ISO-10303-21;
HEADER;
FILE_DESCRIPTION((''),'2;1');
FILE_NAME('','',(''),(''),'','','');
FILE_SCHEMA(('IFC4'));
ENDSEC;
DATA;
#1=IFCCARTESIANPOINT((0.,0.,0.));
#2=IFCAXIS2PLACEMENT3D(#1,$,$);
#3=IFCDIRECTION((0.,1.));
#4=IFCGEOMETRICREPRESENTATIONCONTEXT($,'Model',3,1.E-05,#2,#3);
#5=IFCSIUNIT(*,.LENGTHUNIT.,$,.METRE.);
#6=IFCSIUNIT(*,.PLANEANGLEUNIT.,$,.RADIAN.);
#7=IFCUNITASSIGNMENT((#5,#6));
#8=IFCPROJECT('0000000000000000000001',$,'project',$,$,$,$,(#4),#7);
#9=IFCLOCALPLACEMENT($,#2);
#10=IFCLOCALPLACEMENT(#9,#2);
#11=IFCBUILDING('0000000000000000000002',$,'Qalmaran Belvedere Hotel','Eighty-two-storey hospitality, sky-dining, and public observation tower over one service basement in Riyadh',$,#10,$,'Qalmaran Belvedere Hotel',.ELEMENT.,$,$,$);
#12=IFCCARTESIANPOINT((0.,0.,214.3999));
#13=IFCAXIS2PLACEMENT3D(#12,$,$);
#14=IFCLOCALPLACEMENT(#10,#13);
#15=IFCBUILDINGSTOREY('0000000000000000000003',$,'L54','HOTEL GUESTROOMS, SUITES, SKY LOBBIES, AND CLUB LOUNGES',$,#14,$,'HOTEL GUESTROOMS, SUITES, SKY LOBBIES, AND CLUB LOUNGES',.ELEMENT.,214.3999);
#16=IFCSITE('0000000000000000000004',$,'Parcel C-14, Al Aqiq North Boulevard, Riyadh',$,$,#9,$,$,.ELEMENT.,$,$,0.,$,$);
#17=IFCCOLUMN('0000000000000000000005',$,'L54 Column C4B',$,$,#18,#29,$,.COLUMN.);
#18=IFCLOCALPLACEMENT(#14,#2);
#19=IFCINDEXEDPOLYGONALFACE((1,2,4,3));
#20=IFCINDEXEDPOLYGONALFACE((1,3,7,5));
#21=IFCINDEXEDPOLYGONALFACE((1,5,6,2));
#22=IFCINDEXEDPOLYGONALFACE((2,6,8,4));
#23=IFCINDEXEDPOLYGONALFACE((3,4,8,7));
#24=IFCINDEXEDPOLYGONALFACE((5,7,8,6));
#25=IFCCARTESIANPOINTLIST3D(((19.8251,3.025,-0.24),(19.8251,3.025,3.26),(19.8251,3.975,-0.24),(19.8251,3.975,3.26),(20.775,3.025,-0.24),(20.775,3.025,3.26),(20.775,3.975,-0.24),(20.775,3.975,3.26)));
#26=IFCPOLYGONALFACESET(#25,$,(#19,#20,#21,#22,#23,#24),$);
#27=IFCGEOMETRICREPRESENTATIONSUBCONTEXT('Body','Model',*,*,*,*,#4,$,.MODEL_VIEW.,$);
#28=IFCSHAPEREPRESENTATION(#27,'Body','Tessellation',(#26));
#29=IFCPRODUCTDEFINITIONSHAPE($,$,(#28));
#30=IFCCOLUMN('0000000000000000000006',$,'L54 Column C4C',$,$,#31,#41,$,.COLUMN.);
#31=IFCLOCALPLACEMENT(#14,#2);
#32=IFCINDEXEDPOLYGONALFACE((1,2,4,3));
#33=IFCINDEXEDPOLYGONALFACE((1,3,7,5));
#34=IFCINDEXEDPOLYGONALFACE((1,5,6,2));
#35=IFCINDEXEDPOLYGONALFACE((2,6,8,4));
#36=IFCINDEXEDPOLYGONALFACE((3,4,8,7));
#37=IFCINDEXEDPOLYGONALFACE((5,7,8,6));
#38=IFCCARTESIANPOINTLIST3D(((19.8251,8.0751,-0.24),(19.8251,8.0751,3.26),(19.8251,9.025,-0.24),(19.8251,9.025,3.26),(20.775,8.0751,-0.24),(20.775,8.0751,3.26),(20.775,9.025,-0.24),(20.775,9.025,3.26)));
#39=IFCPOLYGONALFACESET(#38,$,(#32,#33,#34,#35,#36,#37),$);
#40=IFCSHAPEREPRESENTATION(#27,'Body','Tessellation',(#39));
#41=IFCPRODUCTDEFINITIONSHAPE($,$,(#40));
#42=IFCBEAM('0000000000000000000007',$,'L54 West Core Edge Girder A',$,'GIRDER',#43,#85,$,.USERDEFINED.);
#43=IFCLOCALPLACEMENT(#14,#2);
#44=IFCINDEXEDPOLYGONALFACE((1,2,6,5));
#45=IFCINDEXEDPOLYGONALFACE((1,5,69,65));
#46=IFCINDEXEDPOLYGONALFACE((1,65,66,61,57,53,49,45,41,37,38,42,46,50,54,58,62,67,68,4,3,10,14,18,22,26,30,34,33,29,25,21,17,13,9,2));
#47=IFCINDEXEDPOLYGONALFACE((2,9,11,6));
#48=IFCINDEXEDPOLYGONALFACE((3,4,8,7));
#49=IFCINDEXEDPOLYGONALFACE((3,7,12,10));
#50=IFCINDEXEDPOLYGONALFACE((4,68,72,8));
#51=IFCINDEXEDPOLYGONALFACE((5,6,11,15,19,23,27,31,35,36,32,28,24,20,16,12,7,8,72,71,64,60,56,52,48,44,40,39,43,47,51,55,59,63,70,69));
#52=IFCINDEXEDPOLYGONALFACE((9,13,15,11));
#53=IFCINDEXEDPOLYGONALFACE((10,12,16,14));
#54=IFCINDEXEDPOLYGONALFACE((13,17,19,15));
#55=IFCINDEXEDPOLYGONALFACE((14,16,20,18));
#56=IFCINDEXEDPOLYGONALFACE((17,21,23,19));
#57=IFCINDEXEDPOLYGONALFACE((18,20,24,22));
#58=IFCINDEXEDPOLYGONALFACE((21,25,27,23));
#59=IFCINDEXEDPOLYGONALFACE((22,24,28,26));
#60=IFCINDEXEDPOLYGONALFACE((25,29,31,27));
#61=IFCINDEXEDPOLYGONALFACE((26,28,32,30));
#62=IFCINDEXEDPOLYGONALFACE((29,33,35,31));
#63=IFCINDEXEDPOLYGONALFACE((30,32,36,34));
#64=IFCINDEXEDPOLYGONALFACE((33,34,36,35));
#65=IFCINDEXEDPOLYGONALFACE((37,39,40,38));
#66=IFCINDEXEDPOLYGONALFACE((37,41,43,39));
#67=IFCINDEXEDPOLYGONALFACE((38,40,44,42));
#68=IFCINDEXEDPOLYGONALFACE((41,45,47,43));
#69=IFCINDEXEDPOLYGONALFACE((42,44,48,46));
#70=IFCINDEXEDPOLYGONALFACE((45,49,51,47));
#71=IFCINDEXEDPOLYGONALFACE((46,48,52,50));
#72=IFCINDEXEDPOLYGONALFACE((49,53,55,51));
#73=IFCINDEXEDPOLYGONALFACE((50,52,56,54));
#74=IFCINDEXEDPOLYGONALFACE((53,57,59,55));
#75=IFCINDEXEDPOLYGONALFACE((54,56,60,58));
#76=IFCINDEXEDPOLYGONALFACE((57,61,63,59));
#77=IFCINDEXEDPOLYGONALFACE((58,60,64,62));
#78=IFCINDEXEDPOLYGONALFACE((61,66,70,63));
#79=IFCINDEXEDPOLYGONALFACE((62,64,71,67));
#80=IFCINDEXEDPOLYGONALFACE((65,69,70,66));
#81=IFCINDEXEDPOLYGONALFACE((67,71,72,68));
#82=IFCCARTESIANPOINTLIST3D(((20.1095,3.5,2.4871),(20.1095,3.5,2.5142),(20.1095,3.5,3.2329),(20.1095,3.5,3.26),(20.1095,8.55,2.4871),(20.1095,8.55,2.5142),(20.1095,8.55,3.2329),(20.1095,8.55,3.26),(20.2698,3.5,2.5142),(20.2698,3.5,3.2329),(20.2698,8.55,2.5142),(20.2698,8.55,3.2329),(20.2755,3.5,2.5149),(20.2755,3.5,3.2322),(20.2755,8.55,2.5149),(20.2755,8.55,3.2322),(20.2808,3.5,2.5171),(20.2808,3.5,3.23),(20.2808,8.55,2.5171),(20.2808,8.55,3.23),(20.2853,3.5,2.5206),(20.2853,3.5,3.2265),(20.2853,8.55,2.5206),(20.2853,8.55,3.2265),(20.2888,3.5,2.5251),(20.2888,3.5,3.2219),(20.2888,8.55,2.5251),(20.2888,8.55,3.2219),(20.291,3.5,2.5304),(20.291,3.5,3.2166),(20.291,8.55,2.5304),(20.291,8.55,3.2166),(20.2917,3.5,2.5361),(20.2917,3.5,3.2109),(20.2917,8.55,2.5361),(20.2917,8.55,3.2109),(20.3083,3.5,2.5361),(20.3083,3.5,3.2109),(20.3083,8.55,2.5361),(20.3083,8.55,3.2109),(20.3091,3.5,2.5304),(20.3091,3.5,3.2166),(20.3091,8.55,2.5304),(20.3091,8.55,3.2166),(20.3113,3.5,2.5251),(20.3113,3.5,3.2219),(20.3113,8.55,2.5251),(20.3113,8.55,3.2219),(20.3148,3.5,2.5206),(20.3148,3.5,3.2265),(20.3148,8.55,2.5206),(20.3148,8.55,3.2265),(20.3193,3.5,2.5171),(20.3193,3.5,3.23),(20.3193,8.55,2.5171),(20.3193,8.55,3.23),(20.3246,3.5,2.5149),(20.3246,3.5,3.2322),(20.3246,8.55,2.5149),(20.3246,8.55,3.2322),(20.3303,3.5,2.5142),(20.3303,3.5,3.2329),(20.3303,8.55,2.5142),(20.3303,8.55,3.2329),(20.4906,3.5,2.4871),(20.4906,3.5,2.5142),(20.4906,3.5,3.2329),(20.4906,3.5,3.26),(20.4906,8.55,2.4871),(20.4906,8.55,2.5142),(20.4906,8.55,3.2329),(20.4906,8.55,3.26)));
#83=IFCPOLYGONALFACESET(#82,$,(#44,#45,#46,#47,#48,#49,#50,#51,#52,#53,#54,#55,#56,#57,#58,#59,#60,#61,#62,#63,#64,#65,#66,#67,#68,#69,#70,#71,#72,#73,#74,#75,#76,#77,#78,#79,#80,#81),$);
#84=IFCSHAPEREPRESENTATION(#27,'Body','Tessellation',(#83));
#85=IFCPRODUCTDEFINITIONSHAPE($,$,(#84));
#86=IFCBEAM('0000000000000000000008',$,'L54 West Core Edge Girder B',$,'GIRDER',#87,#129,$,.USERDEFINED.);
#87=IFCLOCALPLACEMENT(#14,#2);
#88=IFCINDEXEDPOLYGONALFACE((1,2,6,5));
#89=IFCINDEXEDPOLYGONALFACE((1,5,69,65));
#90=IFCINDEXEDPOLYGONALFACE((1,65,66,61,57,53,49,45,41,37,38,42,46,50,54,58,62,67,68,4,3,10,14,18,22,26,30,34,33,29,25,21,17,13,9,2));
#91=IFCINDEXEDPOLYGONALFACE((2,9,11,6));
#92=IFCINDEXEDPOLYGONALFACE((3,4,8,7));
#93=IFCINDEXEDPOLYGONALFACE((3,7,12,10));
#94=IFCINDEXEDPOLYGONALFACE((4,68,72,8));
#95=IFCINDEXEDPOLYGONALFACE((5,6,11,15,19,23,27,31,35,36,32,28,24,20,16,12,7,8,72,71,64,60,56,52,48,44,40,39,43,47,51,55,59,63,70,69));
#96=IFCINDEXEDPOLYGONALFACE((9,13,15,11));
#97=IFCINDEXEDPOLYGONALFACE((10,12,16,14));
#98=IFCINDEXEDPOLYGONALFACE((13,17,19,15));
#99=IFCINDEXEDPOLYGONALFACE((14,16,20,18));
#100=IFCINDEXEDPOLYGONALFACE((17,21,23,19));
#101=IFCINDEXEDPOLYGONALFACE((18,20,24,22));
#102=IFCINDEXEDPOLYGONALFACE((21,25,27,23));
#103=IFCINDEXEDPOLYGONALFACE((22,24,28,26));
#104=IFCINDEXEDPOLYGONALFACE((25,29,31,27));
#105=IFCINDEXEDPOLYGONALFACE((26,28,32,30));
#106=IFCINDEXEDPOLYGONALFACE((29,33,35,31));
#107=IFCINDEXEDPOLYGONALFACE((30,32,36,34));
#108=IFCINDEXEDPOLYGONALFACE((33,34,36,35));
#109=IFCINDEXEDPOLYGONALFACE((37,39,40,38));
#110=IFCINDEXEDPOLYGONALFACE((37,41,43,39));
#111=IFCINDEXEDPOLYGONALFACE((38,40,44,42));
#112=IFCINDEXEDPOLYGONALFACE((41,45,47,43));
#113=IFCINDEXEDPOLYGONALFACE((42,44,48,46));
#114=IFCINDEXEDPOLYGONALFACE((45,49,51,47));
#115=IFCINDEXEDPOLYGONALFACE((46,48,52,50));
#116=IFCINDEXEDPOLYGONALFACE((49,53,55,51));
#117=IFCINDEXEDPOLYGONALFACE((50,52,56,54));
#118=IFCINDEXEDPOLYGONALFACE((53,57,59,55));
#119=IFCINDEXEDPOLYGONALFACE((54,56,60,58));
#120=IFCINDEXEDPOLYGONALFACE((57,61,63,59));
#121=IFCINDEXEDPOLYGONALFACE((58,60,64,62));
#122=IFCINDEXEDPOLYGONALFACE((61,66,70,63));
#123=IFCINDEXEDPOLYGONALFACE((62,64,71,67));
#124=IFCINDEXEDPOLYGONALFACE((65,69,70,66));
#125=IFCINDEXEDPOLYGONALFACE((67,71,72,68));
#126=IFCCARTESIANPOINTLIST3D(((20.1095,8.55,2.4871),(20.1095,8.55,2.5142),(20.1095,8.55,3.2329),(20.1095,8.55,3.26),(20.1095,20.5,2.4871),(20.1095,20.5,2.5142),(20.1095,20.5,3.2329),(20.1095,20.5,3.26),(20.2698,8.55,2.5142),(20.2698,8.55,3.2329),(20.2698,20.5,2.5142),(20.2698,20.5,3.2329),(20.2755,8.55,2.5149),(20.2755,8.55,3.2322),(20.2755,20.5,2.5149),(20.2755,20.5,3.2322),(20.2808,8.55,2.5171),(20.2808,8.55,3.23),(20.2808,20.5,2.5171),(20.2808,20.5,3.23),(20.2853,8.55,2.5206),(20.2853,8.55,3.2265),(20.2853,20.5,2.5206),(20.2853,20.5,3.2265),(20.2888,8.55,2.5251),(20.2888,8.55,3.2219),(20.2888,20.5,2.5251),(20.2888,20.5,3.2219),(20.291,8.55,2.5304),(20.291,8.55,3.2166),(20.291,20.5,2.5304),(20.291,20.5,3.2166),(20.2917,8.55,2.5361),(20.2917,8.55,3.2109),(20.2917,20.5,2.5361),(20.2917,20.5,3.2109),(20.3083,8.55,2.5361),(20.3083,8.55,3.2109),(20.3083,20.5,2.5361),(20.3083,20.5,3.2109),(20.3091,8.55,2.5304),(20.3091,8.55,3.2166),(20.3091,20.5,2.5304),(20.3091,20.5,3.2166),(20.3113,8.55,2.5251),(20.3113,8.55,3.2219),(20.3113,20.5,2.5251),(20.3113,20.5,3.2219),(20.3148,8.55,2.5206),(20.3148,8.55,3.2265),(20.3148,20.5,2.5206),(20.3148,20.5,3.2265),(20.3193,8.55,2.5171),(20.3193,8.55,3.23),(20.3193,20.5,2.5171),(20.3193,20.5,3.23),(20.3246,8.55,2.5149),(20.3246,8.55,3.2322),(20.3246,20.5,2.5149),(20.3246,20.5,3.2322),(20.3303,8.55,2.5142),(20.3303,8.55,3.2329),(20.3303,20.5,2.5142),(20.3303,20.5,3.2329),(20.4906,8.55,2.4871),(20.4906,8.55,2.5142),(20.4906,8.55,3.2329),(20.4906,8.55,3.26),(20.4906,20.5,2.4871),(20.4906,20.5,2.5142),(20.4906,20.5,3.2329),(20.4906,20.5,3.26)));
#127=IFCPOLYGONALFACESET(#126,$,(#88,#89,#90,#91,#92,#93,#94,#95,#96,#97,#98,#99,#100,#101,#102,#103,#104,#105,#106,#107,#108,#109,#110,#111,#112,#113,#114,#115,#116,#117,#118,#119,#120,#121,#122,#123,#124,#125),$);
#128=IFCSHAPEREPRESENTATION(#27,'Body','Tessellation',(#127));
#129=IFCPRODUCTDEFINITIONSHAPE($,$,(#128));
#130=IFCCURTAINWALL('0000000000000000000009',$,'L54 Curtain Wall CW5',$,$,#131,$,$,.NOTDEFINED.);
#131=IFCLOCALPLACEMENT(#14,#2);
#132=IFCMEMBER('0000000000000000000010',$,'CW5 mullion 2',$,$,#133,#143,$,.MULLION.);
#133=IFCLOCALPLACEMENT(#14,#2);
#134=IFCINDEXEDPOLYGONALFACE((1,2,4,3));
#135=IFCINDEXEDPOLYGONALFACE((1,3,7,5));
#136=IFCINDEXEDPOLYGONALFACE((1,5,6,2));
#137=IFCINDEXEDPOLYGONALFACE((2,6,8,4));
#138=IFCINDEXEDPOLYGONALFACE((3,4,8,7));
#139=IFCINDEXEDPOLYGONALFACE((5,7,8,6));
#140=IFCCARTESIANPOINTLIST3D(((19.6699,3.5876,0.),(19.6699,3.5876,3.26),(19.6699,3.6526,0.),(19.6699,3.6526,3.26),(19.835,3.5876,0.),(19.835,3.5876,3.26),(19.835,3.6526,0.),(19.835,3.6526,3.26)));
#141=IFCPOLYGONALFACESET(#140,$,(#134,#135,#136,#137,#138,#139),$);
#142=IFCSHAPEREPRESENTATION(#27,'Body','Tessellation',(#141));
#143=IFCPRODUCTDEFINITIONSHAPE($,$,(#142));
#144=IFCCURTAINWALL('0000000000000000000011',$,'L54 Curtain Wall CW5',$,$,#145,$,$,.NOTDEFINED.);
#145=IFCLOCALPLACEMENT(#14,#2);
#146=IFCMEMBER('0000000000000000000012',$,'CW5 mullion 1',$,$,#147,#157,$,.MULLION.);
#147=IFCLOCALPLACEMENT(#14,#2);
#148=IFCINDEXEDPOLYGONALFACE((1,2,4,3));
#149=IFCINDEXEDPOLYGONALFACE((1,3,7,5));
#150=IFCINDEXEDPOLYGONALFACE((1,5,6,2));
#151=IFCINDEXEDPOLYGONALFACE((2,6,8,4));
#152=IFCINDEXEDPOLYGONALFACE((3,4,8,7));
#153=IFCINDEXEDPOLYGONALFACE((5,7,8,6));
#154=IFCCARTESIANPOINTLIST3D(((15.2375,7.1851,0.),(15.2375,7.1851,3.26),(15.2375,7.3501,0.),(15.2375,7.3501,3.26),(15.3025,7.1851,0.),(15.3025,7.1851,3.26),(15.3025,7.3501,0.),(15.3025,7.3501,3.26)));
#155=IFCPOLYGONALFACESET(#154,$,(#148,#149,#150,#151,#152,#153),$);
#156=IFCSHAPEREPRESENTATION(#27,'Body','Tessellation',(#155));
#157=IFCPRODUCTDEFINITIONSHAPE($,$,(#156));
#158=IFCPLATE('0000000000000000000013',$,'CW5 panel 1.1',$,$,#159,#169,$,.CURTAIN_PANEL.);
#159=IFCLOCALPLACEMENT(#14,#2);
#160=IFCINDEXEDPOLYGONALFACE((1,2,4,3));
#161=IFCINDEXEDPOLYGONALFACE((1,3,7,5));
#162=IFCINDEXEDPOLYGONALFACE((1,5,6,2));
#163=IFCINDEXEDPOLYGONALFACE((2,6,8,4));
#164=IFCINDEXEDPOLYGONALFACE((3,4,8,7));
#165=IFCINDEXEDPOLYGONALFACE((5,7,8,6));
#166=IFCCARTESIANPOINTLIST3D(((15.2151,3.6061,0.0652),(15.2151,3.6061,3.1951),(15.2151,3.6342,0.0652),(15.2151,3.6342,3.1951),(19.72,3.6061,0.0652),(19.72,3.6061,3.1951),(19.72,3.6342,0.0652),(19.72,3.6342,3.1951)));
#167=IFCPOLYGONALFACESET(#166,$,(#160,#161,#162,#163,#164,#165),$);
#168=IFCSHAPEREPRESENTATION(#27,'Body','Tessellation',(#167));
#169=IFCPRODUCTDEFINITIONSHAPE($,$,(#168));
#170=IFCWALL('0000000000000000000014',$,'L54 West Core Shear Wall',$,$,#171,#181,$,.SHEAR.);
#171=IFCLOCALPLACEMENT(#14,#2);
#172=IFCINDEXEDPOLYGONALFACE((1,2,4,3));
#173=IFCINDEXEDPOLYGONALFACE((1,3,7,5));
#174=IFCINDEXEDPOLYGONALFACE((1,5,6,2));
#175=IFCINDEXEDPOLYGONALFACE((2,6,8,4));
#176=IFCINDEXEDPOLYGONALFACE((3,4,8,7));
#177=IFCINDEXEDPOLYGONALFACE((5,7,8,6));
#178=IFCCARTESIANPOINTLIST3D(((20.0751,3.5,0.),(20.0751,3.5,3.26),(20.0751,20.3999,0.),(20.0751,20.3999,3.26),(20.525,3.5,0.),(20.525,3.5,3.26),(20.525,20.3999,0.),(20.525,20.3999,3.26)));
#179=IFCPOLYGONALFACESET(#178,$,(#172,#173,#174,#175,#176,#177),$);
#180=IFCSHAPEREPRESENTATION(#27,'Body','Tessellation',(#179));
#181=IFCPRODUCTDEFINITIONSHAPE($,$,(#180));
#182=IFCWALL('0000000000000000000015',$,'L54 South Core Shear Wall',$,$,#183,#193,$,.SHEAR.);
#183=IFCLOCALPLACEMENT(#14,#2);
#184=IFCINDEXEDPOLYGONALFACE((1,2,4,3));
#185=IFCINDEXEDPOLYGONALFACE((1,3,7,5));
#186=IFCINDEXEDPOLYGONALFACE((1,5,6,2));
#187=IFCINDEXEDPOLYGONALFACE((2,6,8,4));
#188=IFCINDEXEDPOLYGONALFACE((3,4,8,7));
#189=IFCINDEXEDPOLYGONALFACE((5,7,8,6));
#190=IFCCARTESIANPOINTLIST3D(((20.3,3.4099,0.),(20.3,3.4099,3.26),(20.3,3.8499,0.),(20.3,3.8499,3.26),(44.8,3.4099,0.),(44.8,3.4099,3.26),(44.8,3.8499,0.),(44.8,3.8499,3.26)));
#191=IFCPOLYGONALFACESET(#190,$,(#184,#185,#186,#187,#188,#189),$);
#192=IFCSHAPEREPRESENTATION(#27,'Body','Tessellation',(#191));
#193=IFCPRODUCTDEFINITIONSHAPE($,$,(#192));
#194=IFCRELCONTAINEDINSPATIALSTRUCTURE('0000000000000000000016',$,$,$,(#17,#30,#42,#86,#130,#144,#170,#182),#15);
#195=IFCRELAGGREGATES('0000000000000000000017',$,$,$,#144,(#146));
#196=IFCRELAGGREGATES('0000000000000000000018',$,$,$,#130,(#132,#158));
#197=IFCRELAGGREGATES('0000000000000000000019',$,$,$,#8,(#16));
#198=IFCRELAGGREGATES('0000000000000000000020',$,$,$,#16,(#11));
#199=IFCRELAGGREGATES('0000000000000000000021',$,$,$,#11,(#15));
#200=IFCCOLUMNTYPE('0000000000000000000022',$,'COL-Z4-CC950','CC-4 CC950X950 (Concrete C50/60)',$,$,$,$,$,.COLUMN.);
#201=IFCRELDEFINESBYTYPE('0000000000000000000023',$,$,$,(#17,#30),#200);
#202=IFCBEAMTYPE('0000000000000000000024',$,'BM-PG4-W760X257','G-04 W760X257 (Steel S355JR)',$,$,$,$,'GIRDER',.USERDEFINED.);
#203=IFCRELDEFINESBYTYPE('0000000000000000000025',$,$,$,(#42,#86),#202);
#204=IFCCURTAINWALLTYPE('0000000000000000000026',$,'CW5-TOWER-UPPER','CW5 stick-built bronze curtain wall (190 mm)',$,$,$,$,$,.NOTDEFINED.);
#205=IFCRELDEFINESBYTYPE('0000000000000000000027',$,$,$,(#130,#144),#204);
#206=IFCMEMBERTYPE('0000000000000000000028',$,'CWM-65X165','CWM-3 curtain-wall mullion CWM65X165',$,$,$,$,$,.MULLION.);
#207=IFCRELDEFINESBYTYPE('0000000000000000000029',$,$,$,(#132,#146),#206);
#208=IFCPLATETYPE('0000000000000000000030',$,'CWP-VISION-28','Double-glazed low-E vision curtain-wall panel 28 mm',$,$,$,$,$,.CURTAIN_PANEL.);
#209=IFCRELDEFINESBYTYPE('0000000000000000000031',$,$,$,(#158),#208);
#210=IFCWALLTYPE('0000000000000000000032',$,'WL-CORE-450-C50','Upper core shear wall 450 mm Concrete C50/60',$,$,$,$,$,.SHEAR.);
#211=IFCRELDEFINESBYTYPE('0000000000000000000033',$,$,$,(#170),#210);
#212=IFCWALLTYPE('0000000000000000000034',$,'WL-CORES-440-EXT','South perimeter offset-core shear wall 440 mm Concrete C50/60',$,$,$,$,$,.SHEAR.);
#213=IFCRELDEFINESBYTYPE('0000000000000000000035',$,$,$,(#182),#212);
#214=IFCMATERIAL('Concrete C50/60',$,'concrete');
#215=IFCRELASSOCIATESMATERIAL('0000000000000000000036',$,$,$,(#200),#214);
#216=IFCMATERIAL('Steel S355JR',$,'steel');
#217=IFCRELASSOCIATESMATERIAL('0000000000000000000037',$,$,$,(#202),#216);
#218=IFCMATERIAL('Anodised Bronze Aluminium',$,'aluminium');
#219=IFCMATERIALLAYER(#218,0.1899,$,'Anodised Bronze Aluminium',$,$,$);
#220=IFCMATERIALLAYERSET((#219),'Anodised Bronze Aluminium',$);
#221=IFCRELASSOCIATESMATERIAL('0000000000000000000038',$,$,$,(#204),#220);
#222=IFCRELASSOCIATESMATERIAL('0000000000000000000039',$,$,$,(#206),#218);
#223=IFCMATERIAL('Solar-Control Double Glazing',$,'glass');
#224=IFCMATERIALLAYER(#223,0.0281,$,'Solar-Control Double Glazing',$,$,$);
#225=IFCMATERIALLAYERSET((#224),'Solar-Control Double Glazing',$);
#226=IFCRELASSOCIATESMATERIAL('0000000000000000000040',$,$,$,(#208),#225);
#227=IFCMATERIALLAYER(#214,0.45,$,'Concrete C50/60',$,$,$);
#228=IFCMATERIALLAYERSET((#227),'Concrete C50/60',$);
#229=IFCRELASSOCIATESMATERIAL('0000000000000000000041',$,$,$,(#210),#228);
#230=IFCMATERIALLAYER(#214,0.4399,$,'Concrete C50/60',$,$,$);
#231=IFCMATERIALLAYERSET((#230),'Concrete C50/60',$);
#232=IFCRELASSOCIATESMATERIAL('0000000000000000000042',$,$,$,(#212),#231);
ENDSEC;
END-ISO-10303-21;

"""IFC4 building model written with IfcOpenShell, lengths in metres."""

from ifc_helpers import new_model, si_unit, direction, frame, frame_2d, origin, origin_2d, place, context, subcontext, project, spatial, rectangle, i_section, extrude, material, layer, layer_set, material_profile, profile_set, type_object, element, aggregate, save


model = new_model("IFC4")

# Units and contexts
model_context = context("Model", 3, precision=1e-05, world=origin(), true_north=direction((0.0, 1.0)))
body_context = subcontext(model_context, "Body", "Model", "MODEL_VIEW")
ifc_project = project(units=[si_unit("LENGTHUNIT", "METRE"), si_unit("PLANEANGLEUNIT", "RADIAN")], contexts=[model_context])

# Site, building, storey
site_placement = place(None, origin())
site = spatial("IfcSite", under=ifc_project, at=site_placement, Name="Parcel C-14, Al Aqiq North Boulevard, Riyadh", CompositionType="ELEMENT", RefElevation=0.0)
building_placement = place(site_placement, origin())
building = spatial("IfcBuilding", under=site, at=building_placement, Name="Qalmaran Belvedere Hotel", Description="Eighty-two-storey hospitality, sky-dining, and public observation tower over one service basement in Riyadh", LongName="Qalmaran Belvedere Hotel", CompositionType="ELEMENT")
storey_placement = place(building_placement, frame((0.0, 0.0, 214.3999)))
storey = spatial("IfcBuildingStorey", under=building, at=storey_placement, Name="L54", Description="HOTEL GUESTROOMS, SUITES, SKY LOBBIES, AND CLUB LOUNGES", LongName="HOTEL GUESTROOMS, SUITES, SKY LOBBIES, AND CLUB LOUNGES", CompositionType="ELEMENT", Elevation=214.3999)

# Columns
ifc_material_1 = material(Name="Concrete C50/60", Category="concrete")
ifc_material_profile_1 = material_profile(ifc_material_1, rectangle(XDim=0.95, YDim=0.95, at=origin_2d()), Name="CC950X950")
ifc_profile_set_1 = profile_set([ifc_material_profile_1], Name="Concrete C50/60")
column_type = type_object("IfcColumnType", Name="COL-Z4-CC950", Description="CC-4 CC950X950 (Concrete C50/60)", PredefinedType="COLUMN", material=ifc_profile_set_1)
for number, where, z_axis, x_axis, name in (
    (1, (20.3, 3.5, -0.24), (0.0, 0.0, 1.0), (1.0, 0.0, 0.0), "L54 Column C4B"),
    (2, (20.3, 8.55, -0.24), (0.0, 0.0, 1.0), (1.0, 0.0, 0.0), "L54 Column C4C"),
):
    element("IfcColumn", number, at=place(storey_placement, frame(where, z_axis=z_axis, x_axis=x_axis)), inside=storey, type_object=column_type, Name=name, PredefinedType="COLUMN", context=body_context, shape_type="SweptSolid", body=[
        extrude(rectangle(XDim=0.95, YDim=0.95, at=origin_2d()), origin(), (0.0, 0.0, 1.0), 3.5),
    ])

# Beams
ifc_material_2 = material(Name="Steel S355JR", Category="steel")
ifc_material_profile_2 = material_profile(ifc_material_2, i_section(OverallWidth=0.3811, OverallDepth=0.7729, WebThickness=0.0166, FlangeThickness=0.0271, FilletRadius=0.022, at=origin_2d()), Name="W760X257")
ifc_profile_set_2 = profile_set([ifc_material_profile_2], Name="Steel S355JR")
beam_type = type_object("IfcBeamType", Name="BM-PG4-W760X257", Description="G-04 W760X257 (Steel S355JR)", ElementType="GIRDER", PredefinedType="USERDEFINED", material=ifc_profile_set_2)
beam_1_placement = place(storey_placement, frame((20.3, 3.5, 2.8735), z_axis=(0.0, 1.0, 0.0), x_axis=(-1.0, 0.0, 0.0)))
element("IfcBeam", 3, at=beam_1_placement, inside=storey, type_object=beam_type, Name="L54 West Core Edge Girder A", ObjectType="GIRDER", PredefinedType="USERDEFINED", context=body_context, shape_type="SweptSolid", body=[
    extrude(i_section(OverallWidth=0.3811, OverallDepth=0.7729, WebThickness=0.0166, FlangeThickness=0.0271, FilletRadius=0.022, at=origin_2d()), origin(), (0.0, 0.0, 1.0), 5.05),
])
beam_2_placement = place(storey_placement, frame((20.3, 8.55, 2.8735), z_axis=(0.0, 1.0, 0.0), x_axis=(-1.0, 0.0, 0.0)))
element("IfcBeam", 4, at=beam_2_placement, inside=storey, type_object=beam_type, Name="L54 West Core Edge Girder B", ObjectType="GIRDER", PredefinedType="USERDEFINED", context=body_context, shape_type="SweptSolid", body=[
    extrude(i_section(OverallWidth=0.3811, OverallDepth=0.7729, WebThickness=0.0166, FlangeThickness=0.0271, FilletRadius=0.022, at=origin_2d()), origin(), (0.0, 0.0, 1.0), 11.95),
])

# Curtain walls, members
ifc_material_3 = material(Name="Anodised Bronze Aluminium", Category="aluminium")
ifc_layer_1 = layer(ifc_material_3, 0.1899, Name="Anodised Bronze Aluminium")
ifc_layer_set_1 = layer_set([ifc_layer_1], Name="Anodised Bronze Aluminium")
curtain_wall_type = type_object("IfcCurtainWallType", Name="CW5-TOWER-UPPER", Description="CW5 stick-built bronze curtain wall (190 mm)", PredefinedType="NOTDEFINED", material=ifc_layer_set_1)
curtain_wall_1_placement = place(storey_placement, origin())
curtain_wall_1 = element("IfcCurtainWall", 5, at=curtain_wall_1_placement, inside=storey, type_object=curtain_wall_type, Name="L54 Curtain Wall CW5", PredefinedType="NOTDEFINED")
ifc_material_profile_3 = material_profile(ifc_material_3, rectangle(XDim=0.0649, YDim=0.165, at=origin_2d()), Name="CWM65X165")
ifc_profile_set_3 = profile_set([ifc_material_profile_3], Name="Anodised Bronze Aluminium")
member_type = type_object("IfcMemberType", Name="CWM-65X165", Description="CWM-3 curtain-wall mullion CWM65X165", PredefinedType="MULLION", material=ifc_profile_set_3)
member_1_placement = place(storey_placement, frame((19.7524, 3.6201, 0.0), z_axis=(0.0, 0.0, 1.0), x_axis=(0.0, 1.0, 0.0)))
member_1 = element("IfcMember", 6, at=member_1_placement, type_object=member_type, Name="CW5 mullion 2", PredefinedType="MULLION", context=body_context, shape_type="SweptSolid", body=[
    extrude(rectangle(XDim=0.0649, YDim=0.165, at=origin_2d()), origin(), (0.0, 0.0, 1.0), 3.26),
])
curtain_wall_2_placement = place(storey_placement, origin())
curtain_wall_2 = element("IfcCurtainWall", 7, at=curtain_wall_2_placement, inside=storey, type_object=curtain_wall_type, Name="L54 Curtain Wall CW5", PredefinedType="NOTDEFINED")
member_2_placement = place(storey_placement, frame((15.27, 7.2676, 0.0), z_axis=(0.0, 0.0, 1.0), x_axis=(1.0, 0.0, 0.0)))
member_2 = element("IfcMember", 8, at=member_2_placement, type_object=member_type, Name="CW5 mullion 1", PredefinedType="MULLION", context=body_context, shape_type="SweptSolid", body=[
    extrude(rectangle(XDim=0.0649, YDim=0.165, at=origin_2d()), origin(), (0.0, 0.0, 1.0), 3.26),
])
aggregate(curtain_wall_2, [member_2])

# Plate
ifc_material_4 = material(Name="Solar-Control Double Glazing", Category="glass")
ifc_layer_2 = layer(ifc_material_4, 0.0281, Name="Solar-Control Double Glazing")
ifc_layer_set_2 = layer_set([ifc_layer_2], Name="Solar-Control Double Glazing")
plate_type = type_object("IfcPlateType", Name="CWP-VISION-28", Description="Double-glazed low-E vision curtain-wall panel 28 mm", PredefinedType="CURTAIN_PANEL", material=ifc_layer_set_2)
plate_placement = place(storey_placement, frame((17.4675, 3.6201, 0.0652), z_axis=(0.0, 0.0, 1.0), x_axis=(1.0, 0.0, 0.0)))
plate = element("IfcPlate", 9, at=plate_placement, type_object=plate_type, Name="CW5 panel 1.1", PredefinedType="CURTAIN_PANEL", context=body_context, shape_type="SweptSolid", body=[
    extrude(rectangle(XDim=4.5049, YDim=0.0281, at=origin_2d()), origin(), (0.0, 0.0, 1.0), 3.1299),
])
aggregate(curtain_wall_1, [member_1, plate])

# Walls
ifc_layer_3 = layer(ifc_material_1, 0.45, Name="Concrete C50/60")
ifc_layer_set_3 = layer_set([ifc_layer_3], Name="Concrete C50/60")
wall_type_1 = type_object("IfcWallType", Name="WL-CORE-450-C50", Description="Upper core shear wall 450 mm Concrete C50/60", PredefinedType="SHEAR", material=ifc_layer_set_3)
wall_1_placement = place(storey_placement, frame((20.3, 3.5, 0.0), z_axis=(0.0, 0.0, 1.0), x_axis=(0.0, 1.0, 0.0)))
element("IfcWall", 10, at=wall_1_placement, inside=storey, type_object=wall_type_1, Name="L54 West Core Shear Wall", PredefinedType="SHEAR", context=body_context, shape_type="SweptSolid", body=[
    extrude(rectangle(XDim=16.8999, YDim=0.45, at=frame_2d((8.45, 0.0))), origin(), (0.0, 0.0, 1.0), 3.26),
])
ifc_layer_4 = layer(ifc_material_1, 0.4399, Name="Concrete C50/60")
ifc_layer_set_4 = layer_set([ifc_layer_4], Name="Concrete C50/60")
wall_type_2 = type_object("IfcWallType", Name="WL-CORES-440-EXT", Description="South perimeter offset-core shear wall 440 mm Concrete C50/60", PredefinedType="SHEAR", material=ifc_layer_set_4)
wall_2_placement = place(storey_placement, frame((20.3, 3.6299, 0.0), z_axis=(0.0, 0.0, 1.0), x_axis=(1.0, 0.0, 0.0)))
element("IfcWall", 11, at=wall_2_placement, inside=storey, type_object=wall_type_2, Name="L54 South Core Shear Wall", PredefinedType="SHEAR", context=body_context, shape_type="SweptSolid", body=[
    extrude(rectangle(XDim=24.5, YDim=0.4399, at=frame_2d((12.25, 0.0))), origin(), (0.0, 0.0, 1.0), 3.26),
])

save(model, "model.ifc")
